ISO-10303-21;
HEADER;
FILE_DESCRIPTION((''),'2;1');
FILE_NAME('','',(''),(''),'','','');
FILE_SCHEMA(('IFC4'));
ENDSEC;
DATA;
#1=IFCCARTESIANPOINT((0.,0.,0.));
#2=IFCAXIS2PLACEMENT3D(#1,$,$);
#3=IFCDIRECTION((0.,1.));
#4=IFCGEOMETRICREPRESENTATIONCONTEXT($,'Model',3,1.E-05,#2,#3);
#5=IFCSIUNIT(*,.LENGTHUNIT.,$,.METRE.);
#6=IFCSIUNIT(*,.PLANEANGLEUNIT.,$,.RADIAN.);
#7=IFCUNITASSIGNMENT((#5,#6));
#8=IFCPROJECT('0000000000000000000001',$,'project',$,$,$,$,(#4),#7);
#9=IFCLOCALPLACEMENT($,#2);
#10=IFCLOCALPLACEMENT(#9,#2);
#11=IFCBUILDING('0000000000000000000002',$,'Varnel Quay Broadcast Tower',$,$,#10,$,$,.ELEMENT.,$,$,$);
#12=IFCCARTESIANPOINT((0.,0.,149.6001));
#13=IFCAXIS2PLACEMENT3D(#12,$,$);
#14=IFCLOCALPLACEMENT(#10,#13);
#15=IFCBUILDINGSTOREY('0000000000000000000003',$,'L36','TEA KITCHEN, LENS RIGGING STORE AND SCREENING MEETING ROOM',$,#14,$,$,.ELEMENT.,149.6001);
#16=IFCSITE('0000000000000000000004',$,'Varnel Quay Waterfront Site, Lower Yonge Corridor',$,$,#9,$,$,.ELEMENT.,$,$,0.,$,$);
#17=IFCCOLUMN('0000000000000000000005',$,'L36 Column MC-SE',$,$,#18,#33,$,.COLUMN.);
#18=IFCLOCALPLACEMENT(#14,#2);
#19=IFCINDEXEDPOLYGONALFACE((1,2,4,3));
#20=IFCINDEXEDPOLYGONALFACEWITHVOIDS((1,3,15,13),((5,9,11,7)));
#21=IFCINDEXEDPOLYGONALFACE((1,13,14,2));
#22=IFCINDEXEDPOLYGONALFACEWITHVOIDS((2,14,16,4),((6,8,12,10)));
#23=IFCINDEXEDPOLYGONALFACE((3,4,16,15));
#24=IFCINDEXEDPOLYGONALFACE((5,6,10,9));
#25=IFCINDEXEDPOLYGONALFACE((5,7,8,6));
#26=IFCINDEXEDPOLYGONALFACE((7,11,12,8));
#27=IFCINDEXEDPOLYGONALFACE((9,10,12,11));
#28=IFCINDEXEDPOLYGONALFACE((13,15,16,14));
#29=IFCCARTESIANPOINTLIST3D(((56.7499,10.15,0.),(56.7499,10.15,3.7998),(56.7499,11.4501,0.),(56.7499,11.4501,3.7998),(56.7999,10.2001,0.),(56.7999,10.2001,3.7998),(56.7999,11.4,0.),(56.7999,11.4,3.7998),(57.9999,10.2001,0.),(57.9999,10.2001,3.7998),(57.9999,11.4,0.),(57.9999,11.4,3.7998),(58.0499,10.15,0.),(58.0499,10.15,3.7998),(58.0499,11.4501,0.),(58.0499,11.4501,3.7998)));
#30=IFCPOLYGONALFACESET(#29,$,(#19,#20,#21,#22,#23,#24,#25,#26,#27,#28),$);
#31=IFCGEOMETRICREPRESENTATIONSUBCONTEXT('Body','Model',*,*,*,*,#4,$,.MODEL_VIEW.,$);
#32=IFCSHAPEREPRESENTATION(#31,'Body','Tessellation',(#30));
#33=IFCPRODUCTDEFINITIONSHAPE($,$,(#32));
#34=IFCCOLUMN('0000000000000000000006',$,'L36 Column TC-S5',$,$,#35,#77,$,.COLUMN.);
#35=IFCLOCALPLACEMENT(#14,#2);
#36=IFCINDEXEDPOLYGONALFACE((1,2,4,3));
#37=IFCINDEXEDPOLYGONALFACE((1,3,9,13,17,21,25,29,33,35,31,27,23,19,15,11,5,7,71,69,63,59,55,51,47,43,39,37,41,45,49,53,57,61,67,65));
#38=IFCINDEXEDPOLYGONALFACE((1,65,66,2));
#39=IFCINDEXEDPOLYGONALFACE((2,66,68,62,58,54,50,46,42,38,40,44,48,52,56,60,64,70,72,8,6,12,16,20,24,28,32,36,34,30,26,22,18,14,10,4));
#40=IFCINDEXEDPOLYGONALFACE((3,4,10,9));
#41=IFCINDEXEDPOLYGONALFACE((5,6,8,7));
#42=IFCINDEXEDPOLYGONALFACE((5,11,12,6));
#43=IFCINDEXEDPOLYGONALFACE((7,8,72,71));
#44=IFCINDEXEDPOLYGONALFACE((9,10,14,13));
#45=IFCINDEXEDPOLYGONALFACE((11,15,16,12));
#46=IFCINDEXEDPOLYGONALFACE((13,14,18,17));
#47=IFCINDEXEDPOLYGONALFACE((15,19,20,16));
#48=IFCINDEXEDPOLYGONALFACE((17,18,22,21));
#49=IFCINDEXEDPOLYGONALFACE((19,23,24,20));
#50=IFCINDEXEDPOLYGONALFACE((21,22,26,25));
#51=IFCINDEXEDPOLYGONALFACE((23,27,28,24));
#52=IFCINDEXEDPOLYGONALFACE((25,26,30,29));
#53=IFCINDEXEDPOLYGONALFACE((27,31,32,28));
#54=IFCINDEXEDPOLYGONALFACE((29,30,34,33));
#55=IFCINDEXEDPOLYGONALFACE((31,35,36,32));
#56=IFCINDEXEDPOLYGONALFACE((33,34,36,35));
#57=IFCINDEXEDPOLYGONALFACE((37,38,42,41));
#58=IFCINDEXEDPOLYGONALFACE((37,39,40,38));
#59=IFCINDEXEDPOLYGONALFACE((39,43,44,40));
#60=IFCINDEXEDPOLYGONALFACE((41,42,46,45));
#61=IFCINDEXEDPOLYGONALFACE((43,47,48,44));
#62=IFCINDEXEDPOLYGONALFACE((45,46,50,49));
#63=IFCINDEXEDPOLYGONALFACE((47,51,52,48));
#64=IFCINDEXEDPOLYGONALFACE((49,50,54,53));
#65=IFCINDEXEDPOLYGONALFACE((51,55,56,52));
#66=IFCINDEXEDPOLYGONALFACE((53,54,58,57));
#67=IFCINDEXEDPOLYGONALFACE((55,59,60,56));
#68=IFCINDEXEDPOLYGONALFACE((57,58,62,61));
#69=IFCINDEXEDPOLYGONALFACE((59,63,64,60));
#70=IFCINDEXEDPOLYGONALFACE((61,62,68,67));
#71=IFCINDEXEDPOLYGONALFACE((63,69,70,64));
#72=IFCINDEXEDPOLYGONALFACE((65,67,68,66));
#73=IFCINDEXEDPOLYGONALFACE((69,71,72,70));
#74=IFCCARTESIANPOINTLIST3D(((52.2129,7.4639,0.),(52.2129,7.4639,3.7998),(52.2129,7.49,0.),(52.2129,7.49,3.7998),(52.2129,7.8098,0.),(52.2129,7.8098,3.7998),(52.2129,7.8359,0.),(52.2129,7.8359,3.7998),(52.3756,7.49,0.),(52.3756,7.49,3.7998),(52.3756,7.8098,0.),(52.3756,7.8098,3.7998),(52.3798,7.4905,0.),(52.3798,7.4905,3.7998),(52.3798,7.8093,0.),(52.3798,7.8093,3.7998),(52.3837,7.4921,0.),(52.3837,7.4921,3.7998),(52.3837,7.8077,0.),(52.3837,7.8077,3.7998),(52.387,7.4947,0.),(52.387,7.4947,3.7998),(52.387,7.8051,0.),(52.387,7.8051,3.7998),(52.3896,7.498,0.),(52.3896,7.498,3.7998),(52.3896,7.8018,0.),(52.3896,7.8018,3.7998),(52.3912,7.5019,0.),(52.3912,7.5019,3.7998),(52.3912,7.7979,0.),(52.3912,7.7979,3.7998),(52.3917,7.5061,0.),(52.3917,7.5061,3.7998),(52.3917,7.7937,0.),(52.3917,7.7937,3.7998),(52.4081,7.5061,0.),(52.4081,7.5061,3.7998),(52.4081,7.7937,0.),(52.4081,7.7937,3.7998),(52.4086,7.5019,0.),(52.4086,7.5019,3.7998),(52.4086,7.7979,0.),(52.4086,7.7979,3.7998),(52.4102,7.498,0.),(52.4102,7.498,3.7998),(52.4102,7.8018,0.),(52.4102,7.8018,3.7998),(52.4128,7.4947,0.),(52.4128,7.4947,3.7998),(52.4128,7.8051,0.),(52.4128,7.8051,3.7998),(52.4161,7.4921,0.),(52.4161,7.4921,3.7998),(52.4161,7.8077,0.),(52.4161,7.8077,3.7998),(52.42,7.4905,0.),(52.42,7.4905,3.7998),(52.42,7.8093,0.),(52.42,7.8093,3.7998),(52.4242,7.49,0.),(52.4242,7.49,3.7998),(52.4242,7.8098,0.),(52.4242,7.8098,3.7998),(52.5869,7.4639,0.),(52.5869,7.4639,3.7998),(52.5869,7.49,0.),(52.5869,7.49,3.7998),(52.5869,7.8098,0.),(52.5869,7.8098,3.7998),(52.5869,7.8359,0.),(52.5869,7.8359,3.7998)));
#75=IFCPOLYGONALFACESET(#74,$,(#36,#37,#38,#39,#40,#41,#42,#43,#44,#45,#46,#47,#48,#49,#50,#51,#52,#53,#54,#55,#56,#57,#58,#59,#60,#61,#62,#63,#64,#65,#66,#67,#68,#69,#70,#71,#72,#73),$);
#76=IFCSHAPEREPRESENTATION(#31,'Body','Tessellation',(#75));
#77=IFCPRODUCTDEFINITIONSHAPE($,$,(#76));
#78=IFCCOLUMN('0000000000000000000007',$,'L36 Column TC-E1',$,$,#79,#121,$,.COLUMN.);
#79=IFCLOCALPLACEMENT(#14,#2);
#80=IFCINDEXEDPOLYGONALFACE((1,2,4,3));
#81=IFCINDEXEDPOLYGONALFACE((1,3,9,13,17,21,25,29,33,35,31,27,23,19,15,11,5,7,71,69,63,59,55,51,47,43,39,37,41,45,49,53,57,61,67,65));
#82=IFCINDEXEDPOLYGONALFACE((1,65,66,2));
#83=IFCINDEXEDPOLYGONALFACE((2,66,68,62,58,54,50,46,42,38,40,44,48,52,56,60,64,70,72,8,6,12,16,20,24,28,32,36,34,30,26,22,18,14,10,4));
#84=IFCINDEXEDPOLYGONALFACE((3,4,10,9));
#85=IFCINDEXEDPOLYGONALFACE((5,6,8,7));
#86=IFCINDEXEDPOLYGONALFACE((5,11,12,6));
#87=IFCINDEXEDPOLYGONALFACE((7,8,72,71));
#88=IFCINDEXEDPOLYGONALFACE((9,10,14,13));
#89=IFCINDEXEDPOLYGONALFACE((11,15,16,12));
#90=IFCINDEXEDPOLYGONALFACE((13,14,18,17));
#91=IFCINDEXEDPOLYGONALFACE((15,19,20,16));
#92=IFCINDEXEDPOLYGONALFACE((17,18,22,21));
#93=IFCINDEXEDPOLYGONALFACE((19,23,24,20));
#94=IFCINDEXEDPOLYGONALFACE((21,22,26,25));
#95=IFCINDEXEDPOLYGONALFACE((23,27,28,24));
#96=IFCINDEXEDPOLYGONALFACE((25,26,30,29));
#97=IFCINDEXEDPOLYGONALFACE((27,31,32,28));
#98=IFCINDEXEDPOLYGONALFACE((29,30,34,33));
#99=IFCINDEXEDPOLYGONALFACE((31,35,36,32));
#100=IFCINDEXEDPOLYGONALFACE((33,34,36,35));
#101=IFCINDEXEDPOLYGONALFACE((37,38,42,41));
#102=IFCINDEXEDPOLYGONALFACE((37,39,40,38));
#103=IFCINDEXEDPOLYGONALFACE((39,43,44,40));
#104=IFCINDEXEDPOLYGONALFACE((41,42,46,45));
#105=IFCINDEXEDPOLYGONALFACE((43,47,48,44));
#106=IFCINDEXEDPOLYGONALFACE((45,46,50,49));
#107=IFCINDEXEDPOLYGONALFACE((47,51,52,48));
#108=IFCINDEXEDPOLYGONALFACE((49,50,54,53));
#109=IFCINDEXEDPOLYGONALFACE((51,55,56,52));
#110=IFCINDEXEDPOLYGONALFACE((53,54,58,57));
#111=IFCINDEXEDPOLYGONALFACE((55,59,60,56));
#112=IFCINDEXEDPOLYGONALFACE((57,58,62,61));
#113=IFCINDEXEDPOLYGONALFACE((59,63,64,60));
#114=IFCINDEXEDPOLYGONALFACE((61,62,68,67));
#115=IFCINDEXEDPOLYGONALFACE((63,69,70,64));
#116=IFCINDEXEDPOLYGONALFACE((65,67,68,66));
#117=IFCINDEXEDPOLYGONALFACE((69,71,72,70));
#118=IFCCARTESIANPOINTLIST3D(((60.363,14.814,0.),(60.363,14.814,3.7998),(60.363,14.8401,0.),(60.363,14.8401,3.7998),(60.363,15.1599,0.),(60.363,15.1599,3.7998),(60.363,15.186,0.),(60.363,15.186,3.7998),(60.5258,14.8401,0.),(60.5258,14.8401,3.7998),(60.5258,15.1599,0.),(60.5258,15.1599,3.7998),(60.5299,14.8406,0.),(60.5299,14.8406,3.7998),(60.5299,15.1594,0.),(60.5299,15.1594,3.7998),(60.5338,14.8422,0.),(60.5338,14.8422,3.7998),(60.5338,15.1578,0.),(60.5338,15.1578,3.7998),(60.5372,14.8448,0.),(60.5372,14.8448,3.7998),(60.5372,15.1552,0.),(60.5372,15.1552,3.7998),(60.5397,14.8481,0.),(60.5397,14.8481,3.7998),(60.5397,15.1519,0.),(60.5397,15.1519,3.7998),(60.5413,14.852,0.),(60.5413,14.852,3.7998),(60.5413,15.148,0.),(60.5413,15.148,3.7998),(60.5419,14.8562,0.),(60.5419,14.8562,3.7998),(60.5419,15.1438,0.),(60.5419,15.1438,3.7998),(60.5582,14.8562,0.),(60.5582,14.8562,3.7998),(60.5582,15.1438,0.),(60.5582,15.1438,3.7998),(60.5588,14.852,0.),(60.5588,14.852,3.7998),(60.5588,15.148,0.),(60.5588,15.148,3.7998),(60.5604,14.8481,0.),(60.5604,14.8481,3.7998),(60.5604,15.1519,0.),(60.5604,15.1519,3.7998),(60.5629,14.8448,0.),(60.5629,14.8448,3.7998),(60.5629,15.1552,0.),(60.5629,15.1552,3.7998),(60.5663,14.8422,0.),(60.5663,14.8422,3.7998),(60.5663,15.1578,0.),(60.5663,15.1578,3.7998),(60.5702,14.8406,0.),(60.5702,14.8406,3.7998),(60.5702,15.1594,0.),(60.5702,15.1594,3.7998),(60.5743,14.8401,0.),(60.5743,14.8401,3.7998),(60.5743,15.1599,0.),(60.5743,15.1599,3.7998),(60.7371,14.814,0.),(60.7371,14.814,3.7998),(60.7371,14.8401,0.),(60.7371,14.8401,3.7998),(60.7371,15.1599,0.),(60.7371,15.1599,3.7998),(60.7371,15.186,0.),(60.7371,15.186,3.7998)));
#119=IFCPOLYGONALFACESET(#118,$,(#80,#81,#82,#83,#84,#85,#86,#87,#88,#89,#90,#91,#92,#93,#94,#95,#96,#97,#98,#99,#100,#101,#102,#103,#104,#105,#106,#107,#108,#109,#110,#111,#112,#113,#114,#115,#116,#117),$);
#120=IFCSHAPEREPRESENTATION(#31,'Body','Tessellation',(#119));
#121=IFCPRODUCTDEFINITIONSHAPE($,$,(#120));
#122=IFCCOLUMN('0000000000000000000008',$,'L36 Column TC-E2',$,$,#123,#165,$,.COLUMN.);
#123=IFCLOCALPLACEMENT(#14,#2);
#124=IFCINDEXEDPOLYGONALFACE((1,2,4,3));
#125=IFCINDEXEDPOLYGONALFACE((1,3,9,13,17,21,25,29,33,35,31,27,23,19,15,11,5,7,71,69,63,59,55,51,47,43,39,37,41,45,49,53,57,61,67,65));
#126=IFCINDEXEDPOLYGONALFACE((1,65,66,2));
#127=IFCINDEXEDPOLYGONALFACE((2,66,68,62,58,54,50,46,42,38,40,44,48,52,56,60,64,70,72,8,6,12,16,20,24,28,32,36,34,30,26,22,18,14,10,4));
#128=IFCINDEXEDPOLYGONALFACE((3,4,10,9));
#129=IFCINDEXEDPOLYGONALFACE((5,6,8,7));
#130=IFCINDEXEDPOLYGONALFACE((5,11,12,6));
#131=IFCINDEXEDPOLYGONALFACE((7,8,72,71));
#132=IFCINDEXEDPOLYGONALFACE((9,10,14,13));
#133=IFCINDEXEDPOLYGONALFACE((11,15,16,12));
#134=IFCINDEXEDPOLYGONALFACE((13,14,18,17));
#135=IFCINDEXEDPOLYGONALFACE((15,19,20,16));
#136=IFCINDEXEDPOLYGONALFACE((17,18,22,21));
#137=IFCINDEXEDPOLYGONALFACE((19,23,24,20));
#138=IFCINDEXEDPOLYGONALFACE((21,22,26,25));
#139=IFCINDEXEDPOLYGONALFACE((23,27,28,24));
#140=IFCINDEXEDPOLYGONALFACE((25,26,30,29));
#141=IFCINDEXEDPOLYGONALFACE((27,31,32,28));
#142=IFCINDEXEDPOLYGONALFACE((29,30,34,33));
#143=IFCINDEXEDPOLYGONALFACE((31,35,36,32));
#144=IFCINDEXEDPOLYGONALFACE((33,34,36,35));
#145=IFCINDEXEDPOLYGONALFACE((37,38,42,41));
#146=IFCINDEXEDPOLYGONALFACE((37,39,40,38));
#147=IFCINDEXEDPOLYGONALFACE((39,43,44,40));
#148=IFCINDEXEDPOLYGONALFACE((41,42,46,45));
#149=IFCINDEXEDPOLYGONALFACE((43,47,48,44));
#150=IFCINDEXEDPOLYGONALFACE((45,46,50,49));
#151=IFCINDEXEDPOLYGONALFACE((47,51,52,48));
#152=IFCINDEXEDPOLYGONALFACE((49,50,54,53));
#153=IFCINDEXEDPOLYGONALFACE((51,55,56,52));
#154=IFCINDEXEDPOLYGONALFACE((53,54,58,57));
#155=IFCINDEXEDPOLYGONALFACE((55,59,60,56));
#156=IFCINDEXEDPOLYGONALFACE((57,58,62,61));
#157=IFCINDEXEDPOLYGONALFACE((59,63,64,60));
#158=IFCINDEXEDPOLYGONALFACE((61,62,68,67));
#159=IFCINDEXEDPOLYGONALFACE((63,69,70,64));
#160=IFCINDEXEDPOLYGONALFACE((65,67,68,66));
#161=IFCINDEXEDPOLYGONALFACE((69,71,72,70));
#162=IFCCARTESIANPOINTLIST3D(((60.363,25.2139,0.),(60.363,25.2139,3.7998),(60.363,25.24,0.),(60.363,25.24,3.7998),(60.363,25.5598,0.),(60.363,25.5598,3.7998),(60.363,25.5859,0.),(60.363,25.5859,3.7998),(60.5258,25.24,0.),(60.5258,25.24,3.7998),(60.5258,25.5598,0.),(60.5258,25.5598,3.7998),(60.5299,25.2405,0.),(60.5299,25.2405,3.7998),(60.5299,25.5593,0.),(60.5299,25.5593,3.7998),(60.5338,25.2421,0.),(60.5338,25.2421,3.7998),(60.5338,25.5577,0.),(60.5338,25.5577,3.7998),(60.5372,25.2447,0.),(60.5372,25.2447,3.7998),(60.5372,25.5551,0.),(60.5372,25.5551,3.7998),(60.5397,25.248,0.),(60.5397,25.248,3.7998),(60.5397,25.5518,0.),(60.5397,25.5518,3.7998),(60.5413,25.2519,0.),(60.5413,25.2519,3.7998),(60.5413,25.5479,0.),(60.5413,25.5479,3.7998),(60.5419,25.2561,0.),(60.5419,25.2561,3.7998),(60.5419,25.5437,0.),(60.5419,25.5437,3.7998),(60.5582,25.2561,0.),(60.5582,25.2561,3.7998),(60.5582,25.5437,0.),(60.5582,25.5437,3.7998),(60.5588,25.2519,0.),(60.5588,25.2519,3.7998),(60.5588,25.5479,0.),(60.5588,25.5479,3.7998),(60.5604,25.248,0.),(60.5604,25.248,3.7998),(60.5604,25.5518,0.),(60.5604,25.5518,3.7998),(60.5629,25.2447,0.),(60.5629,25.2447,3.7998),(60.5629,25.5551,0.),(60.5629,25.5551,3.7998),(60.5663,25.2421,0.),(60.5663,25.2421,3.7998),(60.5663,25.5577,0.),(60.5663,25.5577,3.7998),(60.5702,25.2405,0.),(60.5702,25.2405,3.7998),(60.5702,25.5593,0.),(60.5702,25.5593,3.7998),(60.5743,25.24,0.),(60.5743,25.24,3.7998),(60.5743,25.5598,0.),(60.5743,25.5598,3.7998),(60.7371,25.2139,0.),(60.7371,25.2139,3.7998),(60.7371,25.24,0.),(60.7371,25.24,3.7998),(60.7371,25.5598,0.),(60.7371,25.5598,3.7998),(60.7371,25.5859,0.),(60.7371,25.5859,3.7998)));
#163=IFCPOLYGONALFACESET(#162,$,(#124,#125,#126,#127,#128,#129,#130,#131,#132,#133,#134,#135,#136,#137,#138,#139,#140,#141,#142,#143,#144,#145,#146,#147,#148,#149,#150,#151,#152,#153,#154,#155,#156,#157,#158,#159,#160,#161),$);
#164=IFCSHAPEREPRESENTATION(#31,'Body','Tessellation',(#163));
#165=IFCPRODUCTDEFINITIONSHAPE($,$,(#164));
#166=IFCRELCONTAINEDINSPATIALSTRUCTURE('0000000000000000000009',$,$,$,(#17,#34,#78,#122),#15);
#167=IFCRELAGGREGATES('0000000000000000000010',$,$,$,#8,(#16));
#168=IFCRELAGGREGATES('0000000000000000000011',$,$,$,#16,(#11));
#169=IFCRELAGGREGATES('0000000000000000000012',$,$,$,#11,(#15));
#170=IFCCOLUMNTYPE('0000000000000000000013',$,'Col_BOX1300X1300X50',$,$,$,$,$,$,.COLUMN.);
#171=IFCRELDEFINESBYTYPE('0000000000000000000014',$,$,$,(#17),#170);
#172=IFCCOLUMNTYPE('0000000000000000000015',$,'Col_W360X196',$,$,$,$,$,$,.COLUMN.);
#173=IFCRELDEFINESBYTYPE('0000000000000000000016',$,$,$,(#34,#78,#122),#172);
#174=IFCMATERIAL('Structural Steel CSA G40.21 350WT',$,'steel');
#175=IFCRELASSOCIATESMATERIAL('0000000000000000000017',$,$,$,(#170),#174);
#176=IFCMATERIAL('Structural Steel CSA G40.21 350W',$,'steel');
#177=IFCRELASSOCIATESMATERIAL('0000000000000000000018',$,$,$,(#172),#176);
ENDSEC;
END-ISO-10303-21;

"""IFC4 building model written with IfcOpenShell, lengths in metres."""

from ifc_helpers import new_model, si_unit, direction, frame, origin, origin_2d, place, context, subcontext, project, spatial, hollow_rectangle, i_section, extrude, source, transform, mapped, material, material_profile, profile_set, type_object, type_shapes, element, save


model = new_model("IFC4")

# Units and contexts
model_context = context("Model", 3, precision=1e-05, world=origin(), true_north=direction((0.0, 1.0)))
body_context = subcontext(model_context, "Body", "Model", "MODEL_VIEW")
ifc_project = project(units=[si_unit("LENGTHUNIT", "METRE"), si_unit("PLANEANGLEUNIT", "RADIAN")], contexts=[model_context])

# Site, building, storey
site_placement = place(None, origin())
site = spatial("IfcSite", under=ifc_project, at=site_placement, Name="Varnel Quay Waterfront Site, Lower Yonge Corridor", CompositionType="ELEMENT", RefElevation=0.0)
building_placement = place(site_placement, origin())
building = spatial("IfcBuilding", under=site, at=building_placement, Name="Varnel Quay Broadcast Tower", CompositionType="ELEMENT")
storey_placement = place(building_placement, frame((0.0, 0.0, 149.6001)))
storey = spatial("IfcBuildingStorey", under=building, at=storey_placement, Name="L36", Description="TEA KITCHEN, LENS RIGGING STORE AND SCREENING MEETING ROOM", CompositionType="ELEMENT", Elevation=149.6001)

# Columns
ifc_material_1 = material(Name="Structural Steel CSA G40.21 350WT", Category="steel")
ifc_material_profile_1 = material_profile(ifc_material_1, hollow_rectangle(XDim=1.3, YDim=1.3, WallThickness=0.05, at=origin_2d()), Name="BOX1300X1300X50")
ifc_profile_set_1 = profile_set([ifc_material_profile_1], Name="Structural Steel CSA G40.21 350WT")
column_type_1 = type_object("IfcColumnType", Name="Col_BOX1300X1300X50", PredefinedType="COLUMN", material=ifc_profile_set_1)
shared_shape_1 = source(origin(), body_context, "Body", "SweptSolid", [
    extrude(hollow_rectangle(XDim=1.3, YDim=1.3, WallThickness=0.05, at=origin_2d()), origin(), (0.0, 0.0, 1.0), 3.7998),
])
type_shapes(column_type_1, [shared_shape_1])
column_placement = place(storey_placement, frame((57.3999, 10.8, 0.0), z_axis=(0.0, 0.0, 1.0), x_axis=(1.0, 0.0, 0.0)))
element("IfcColumn", 1, at=column_placement, inside=storey, type_object=column_type_1, Name="L36 Column MC-SE", PredefinedType="COLUMN", context=body_context, shape_type="MappedRepresentation", body=[
    mapped(shared_shape_1, transform((0.0, 0.0, 0.0), x_axis=(1.0, 0.0, 0.0), y_axis=(0.0, 1.0, 0.0), z_axis=(0.0, 0.0, 1.0), scale=1.0)),
])
ifc_material_2 = material(Name="Structural Steel CSA G40.21 350W", Category="steel")
ifc_material_profile_2 = material_profile(ifc_material_2, i_section(OverallWidth=0.374, OverallDepth=0.3721, WebThickness=0.0164, FlangeThickness=0.0261, FilletRadius=0.0161, at=origin_2d()), Name="W360X196")
ifc_profile_set_2 = profile_set([ifc_material_profile_2], Name="Structural Steel CSA G40.21 350W")
column_type_2 = type_object("IfcColumnType", Name="Col_W360X196", PredefinedType="COLUMN", material=ifc_profile_set_2)
shared_shape_2 = source(origin(), body_context, "Body", "SweptSolid", [
    extrude(i_section(OverallWidth=0.374, OverallDepth=0.3721, WebThickness=0.0164, FlangeThickness=0.0261, FilletRadius=0.0161, at=origin_2d()), origin(), (0.0, 0.0, 1.0), 3.7998),
])
type_shapes(column_type_2, [shared_shape_2])
for number, where, z_axis, x_axis, name in (
    (2, (52.3999, 7.6499, 0.0), (0.0, 0.0, 1.0), (1.0, 0.0, 0.0), "L36 Column TC-S5"),
    (3, (60.55, 15.0, 0.0), (0.0, 0.0, 1.0), (1.0, 0.0, 0.0), "L36 Column TC-E1"),
    (4, (60.55, 25.3999, 0.0), (0.0, 0.0, 1.0), (1.0, 0.0, 0.0), "L36 Column TC-E2"),
):
    element("IfcColumn", number, at=place(storey_placement, frame(where, z_axis=z_axis, x_axis=x_axis)), inside=storey, type_object=column_type_2, Name=name, PredefinedType="COLUMN", context=body_context, shape_type="MappedRepresentation", body=[
        mapped(shared_shape_2, transform((0.0, 0.0, 0.0), x_axis=(1.0, 0.0, 0.0), y_axis=(0.0, 1.0, 0.0), z_axis=(0.0, 0.0, 1.0), scale=1.0)),
    ])

save(model, "model.ifc")
